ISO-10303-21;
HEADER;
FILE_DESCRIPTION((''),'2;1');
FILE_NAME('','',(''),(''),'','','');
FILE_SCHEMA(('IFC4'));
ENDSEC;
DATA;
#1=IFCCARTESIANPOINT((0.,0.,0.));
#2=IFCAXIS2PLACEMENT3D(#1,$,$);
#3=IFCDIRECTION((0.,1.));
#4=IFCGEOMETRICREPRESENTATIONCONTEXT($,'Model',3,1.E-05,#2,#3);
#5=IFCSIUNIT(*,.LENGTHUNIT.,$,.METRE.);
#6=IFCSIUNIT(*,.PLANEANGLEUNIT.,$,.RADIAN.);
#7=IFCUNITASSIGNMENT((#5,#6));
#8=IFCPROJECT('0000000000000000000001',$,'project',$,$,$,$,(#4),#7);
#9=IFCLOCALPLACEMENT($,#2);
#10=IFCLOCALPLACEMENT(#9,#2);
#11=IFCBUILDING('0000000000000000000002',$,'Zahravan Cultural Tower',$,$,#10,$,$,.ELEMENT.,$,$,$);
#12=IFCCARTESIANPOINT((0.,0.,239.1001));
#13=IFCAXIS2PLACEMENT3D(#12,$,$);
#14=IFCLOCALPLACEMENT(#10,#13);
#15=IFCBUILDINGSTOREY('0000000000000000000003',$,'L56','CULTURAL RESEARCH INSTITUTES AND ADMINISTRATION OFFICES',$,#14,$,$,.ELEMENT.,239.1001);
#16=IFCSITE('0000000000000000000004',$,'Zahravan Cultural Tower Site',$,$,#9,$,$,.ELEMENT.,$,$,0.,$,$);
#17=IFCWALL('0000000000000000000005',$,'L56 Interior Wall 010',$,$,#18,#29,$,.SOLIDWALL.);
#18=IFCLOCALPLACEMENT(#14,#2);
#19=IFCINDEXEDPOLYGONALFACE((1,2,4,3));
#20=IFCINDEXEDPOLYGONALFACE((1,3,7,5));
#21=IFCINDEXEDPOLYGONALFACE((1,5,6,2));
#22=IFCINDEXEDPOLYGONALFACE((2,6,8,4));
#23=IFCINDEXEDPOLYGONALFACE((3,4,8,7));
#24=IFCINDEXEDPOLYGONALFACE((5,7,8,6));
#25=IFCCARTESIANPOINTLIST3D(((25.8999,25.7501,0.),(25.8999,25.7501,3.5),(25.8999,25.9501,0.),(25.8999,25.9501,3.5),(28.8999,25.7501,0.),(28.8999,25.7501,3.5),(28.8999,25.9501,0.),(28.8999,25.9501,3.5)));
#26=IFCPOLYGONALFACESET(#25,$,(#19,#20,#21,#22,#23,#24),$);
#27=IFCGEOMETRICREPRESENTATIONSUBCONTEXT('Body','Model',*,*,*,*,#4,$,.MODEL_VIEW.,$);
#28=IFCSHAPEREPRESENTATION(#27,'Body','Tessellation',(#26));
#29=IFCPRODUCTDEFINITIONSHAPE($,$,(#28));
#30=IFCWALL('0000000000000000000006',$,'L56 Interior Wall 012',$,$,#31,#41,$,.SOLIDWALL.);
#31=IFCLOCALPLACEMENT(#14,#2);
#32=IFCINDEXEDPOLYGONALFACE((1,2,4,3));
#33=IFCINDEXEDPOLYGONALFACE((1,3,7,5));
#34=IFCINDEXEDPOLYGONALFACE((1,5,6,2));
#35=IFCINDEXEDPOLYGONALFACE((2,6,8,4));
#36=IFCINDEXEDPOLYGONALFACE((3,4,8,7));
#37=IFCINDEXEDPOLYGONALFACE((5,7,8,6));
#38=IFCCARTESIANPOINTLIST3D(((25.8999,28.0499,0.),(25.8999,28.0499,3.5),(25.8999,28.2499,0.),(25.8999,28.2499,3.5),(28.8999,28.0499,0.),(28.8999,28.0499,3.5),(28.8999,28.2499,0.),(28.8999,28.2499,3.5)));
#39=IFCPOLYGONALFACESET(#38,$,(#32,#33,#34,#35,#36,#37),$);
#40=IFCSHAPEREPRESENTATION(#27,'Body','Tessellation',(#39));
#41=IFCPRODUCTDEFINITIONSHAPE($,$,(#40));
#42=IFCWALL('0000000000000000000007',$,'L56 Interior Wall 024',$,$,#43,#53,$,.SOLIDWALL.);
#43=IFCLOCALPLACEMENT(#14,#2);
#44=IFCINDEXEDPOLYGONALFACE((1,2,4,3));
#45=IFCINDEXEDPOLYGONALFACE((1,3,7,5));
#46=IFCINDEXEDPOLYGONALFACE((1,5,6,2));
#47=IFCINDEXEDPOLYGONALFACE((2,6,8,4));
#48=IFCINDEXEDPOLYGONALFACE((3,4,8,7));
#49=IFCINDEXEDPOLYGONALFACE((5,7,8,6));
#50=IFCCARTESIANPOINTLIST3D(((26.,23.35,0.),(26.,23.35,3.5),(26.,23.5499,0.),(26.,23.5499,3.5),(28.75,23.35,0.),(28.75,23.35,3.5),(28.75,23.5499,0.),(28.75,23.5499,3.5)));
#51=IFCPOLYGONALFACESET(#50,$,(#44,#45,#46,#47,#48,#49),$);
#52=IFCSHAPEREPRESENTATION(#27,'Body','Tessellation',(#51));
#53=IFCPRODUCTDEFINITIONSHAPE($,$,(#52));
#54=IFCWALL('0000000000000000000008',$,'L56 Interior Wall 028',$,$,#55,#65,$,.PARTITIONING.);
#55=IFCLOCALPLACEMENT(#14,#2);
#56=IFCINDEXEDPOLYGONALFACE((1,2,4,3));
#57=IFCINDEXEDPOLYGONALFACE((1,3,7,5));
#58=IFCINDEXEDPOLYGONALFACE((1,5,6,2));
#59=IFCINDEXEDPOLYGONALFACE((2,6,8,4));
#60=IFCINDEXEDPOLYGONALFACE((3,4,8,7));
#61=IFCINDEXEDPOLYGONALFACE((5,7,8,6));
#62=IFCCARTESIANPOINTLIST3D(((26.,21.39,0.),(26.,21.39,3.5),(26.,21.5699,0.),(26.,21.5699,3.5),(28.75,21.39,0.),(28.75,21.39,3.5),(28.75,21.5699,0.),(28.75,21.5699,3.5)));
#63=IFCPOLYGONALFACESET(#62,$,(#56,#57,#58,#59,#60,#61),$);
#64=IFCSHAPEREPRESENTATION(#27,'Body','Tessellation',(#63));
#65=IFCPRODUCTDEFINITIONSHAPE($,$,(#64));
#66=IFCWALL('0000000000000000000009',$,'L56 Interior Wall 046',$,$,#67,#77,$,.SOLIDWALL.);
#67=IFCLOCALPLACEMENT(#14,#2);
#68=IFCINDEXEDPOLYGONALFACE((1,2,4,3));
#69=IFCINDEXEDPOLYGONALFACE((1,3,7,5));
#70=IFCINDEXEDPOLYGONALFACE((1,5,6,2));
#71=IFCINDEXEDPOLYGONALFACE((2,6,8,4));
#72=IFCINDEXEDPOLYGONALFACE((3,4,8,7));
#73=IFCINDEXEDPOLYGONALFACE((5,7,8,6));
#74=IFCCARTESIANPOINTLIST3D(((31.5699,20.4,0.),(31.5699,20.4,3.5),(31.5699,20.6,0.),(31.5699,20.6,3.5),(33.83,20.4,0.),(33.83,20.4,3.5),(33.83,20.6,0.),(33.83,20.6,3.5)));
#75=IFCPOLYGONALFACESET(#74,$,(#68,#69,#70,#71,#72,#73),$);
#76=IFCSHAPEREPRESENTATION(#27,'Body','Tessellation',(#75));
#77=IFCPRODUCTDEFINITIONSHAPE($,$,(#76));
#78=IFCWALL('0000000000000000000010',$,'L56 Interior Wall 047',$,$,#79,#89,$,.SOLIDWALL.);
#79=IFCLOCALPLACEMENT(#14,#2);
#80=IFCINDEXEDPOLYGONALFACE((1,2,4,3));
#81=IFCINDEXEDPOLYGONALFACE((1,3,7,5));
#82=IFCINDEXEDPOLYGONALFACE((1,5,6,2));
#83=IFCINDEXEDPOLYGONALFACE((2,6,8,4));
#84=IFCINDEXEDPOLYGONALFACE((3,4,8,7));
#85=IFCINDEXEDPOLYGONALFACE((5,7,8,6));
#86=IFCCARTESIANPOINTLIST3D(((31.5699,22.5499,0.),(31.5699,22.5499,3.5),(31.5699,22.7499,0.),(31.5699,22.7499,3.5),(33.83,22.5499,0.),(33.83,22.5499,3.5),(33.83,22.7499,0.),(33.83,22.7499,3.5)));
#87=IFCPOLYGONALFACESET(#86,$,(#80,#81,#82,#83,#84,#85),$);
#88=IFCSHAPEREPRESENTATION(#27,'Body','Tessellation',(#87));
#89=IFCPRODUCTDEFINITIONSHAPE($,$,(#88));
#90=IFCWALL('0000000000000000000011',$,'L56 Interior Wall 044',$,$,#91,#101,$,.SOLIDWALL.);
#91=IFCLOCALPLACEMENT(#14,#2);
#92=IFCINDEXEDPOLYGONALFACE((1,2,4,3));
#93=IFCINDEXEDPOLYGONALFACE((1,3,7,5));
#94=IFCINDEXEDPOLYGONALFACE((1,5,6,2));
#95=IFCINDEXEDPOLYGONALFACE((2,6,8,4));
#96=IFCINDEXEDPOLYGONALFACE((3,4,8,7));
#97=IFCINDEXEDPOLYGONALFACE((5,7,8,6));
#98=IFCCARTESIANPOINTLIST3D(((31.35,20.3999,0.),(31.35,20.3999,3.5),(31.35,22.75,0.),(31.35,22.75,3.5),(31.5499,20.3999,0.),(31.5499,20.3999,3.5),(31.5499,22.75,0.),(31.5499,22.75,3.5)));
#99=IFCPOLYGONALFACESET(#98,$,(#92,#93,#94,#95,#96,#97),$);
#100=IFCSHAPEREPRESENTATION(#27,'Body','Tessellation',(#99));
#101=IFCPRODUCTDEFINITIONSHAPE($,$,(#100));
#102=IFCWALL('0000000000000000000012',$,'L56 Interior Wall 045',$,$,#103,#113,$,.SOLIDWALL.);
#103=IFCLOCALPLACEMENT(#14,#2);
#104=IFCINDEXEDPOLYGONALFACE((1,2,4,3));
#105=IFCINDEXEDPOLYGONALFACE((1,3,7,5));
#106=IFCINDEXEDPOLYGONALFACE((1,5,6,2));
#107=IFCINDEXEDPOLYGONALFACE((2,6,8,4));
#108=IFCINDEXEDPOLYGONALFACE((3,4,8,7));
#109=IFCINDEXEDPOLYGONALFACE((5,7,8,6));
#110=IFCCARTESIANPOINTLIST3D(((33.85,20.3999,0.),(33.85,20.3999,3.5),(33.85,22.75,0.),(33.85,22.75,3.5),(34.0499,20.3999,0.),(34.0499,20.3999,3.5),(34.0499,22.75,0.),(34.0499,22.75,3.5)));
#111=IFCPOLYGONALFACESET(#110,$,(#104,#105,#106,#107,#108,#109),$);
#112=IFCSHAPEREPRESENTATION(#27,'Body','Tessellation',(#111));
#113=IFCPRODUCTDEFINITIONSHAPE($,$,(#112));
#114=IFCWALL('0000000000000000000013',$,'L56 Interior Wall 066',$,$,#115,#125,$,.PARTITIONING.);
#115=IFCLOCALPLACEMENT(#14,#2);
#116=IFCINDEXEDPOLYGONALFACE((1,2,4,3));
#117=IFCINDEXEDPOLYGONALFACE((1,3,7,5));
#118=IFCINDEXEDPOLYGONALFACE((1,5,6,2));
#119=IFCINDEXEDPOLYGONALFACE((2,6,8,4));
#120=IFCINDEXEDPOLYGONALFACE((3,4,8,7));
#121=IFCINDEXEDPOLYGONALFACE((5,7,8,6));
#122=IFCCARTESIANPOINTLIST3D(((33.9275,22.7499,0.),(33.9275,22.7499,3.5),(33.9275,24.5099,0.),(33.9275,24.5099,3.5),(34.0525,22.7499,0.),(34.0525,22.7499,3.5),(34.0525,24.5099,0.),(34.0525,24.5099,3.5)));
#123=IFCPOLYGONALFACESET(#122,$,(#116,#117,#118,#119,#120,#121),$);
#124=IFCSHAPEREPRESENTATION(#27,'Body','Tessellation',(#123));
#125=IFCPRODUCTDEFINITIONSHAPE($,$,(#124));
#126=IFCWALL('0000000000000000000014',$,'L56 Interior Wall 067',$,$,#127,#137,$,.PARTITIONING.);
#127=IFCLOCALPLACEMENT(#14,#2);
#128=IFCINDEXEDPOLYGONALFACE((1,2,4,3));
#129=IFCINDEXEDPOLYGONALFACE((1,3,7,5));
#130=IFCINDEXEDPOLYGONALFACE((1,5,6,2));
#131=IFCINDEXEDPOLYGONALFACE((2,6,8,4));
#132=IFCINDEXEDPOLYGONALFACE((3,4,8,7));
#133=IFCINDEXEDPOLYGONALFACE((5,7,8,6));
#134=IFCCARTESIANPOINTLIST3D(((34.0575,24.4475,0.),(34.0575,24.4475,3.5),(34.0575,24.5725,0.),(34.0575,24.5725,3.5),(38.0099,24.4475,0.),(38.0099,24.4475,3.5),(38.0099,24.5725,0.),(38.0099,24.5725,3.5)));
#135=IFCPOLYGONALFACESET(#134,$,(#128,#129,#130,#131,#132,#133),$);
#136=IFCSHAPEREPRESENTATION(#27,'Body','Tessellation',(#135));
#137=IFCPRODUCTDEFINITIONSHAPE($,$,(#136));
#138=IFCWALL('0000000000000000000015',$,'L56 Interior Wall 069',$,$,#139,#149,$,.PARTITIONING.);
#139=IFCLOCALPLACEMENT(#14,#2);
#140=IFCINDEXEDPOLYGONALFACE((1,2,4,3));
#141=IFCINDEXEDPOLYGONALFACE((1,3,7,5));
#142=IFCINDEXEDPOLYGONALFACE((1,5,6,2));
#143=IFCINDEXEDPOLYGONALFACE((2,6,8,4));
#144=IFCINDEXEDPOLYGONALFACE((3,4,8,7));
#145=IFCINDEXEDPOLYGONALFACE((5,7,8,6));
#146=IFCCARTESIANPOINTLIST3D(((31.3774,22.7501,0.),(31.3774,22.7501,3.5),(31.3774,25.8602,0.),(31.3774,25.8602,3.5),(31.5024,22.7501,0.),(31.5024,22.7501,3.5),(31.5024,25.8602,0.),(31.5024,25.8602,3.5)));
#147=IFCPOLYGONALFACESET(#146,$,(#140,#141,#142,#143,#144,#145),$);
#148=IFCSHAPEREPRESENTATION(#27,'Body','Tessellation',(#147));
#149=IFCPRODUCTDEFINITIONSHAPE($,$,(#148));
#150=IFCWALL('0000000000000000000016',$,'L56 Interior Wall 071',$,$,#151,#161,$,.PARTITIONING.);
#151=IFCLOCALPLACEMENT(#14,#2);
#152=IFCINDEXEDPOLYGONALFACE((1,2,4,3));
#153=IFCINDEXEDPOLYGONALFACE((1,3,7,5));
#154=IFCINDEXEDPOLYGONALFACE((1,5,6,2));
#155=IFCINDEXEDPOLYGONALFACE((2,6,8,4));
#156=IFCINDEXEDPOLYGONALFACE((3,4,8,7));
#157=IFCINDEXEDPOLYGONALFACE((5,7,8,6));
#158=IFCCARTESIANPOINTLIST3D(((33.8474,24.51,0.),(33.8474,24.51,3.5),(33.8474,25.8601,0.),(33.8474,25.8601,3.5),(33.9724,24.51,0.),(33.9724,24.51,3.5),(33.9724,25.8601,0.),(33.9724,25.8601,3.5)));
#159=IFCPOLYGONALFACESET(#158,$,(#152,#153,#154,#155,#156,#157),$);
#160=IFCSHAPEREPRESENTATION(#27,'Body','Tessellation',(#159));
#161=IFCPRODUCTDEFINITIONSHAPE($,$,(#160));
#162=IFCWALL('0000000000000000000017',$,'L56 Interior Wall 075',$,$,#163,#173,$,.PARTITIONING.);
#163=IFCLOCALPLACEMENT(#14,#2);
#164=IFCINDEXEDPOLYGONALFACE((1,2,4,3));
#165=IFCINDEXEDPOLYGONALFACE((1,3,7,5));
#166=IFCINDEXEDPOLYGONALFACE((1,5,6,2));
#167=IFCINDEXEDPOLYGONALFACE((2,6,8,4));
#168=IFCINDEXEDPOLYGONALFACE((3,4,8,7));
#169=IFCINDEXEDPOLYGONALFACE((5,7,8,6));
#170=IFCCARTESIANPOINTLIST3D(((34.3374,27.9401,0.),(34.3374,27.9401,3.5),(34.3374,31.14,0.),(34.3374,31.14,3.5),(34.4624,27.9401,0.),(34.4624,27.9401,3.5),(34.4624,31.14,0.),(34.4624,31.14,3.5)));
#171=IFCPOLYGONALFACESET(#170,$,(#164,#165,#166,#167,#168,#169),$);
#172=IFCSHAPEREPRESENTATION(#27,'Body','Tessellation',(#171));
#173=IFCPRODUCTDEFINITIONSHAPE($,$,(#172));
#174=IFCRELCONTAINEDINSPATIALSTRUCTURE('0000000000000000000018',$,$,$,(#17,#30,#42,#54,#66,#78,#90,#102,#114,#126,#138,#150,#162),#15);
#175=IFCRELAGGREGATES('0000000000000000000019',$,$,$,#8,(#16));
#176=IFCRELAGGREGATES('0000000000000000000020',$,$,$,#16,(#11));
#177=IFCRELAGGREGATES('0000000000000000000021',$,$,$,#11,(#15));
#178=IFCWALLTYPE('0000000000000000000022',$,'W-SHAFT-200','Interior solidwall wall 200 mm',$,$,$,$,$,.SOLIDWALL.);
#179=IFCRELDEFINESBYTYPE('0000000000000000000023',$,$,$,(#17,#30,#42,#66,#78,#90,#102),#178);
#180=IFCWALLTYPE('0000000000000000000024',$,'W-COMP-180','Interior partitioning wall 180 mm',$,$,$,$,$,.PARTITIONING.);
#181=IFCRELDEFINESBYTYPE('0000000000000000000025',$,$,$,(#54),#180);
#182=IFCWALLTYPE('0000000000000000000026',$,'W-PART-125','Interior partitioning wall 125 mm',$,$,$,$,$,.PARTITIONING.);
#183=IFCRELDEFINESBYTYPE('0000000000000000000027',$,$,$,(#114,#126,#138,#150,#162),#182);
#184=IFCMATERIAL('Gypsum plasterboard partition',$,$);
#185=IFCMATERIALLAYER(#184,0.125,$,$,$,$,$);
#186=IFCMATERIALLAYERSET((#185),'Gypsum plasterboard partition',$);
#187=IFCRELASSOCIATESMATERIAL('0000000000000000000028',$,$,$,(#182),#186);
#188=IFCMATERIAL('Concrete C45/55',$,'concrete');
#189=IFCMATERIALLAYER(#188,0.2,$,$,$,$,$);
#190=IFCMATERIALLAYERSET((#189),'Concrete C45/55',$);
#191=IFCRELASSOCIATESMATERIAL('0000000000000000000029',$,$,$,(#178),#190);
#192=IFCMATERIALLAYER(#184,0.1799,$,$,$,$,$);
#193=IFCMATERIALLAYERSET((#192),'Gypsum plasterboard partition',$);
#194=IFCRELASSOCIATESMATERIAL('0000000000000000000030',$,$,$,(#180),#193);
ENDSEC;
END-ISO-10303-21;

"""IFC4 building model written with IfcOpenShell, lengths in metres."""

from ifc_helpers import new_model, si_unit, direction, frame, frame_2d, origin, place, context, subcontext, project, spatial, rectangle, extrude, source, transform, mapped, material, layer, layer_set, type_object, element, save


model = new_model("IFC4")

# Units and contexts
model_context = context("Model", 3, precision=1e-05, world=origin(), true_north=direction((0.0, 1.0)))
body_context = subcontext(model_context, "Body", "Model", "MODEL_VIEW")
ifc_project = project(units=[si_unit("LENGTHUNIT", "METRE"), si_unit("PLANEANGLEUNIT", "RADIAN")], contexts=[model_context])

# Site, building, storey
site_placement = place(None, origin())
site = spatial("IfcSite", under=ifc_project, at=site_placement, Name="Zahravan Cultural Tower Site", CompositionType="ELEMENT", RefElevation=0.0)
building_placement = place(site_placement, origin())
building = spatial("IfcBuilding", under=site, at=building_placement, Name="Zahravan Cultural Tower", CompositionType="ELEMENT")
storey_placement = place(building_placement, frame((0.0, 0.0, 239.1001)))
storey = spatial("IfcBuildingStorey", under=building, at=storey_placement, Name="L56", Description="CULTURAL RESEARCH INSTITUTES AND ADMINISTRATION OFFICES", CompositionType="ELEMENT", Elevation=239.1001)

# Shared definitions
ifc_material_1 = material(Name="Gypsum plasterboard partition")
ifc_layer_1 = layer(ifc_material_1, 0.125)
ifc_layer_set_1 = layer_set([ifc_layer_1], Name="Gypsum plasterboard partition")
wall_type_1 = type_object("IfcWallType", Name="W-PART-125", Description="Interior partitioning wall 125 mm", PredefinedType="PARTITIONING", material=ifc_layer_set_1)
ifc_material_2 = material(Name="Concrete C45/55", Category="concrete")
ifc_layer_2 = layer(ifc_material_2, 0.2)
ifc_layer_set_2 = layer_set([ifc_layer_2], Name="Concrete C45/55")
wall_type_2 = type_object("IfcWallType", Name="W-SHAFT-200", Description="Interior solidwall wall 200 mm", PredefinedType="SOLIDWALL", material=ifc_layer_set_2)

# Walls
shared_shape_1 = source(origin(), body_context, "Body", "SweptSolid", [
    extrude(rectangle(XDim=3.0, YDim=0.2, at=frame_2d((1.5, 0.0))), origin(), (0.0, 0.0, 1.0), 3.5),
])
for number, where, z_axis, x_axis, name in (
    (1, (25.8999, 25.8501, 0.0), (0.0, 0.0, 1.0), (1.0, 0.0, 0.0), "L56 Interior Wall 010"),
    (2, (25.8999, 28.1499, 0.0), (0.0, 0.0, 1.0), (1.0, 0.0, 0.0), "L56 Interior Wall 012"),
):
    element("IfcWall", number, at=place(storey_placement, frame(where, z_axis=z_axis, x_axis=x_axis)), inside=storey, type_object=wall_type_2, Name=name, PredefinedType="SOLIDWALL", context=body_context, shape_type="MappedRepresentation", body=[
        mapped(shared_shape_1, transform((0.0, 0.0, 0.0), x_axis=(1.0, 0.0, 0.0), y_axis=(0.0, 1.0, 0.0), z_axis=(0.0, 0.0, 1.0), scale=1.0)),
    ])
shared_shape_2 = source(origin(), body_context, "Body", "SweptSolid", [
    extrude(rectangle(XDim=2.75, YDim=0.2, at=frame_2d((1.375, 0.0))), origin(), (0.0, 0.0, 1.0), 3.5),
])
wall_1_placement = place(storey_placement, frame((26.0, 23.45, 0.0), z_axis=(0.0, 0.0, 1.0), x_axis=(1.0, 0.0, 0.0)))
element("IfcWall", 3, at=wall_1_placement, inside=storey, type_object=wall_type_2, Name="L56 Interior Wall 024", PredefinedType="SOLIDWALL", context=body_context, shape_type="MappedRepresentation", body=[
    mapped(shared_shape_2, transform((0.0, 0.0, 0.0), x_axis=(1.0, 0.0, 0.0), y_axis=(0.0, 1.0, 0.0), z_axis=(0.0, 0.0, 1.0), scale=1.0)),
])
ifc_layer_3 = layer(ifc_material_1, 0.1799)
ifc_layer_set_3 = layer_set([ifc_layer_3], Name="Gypsum plasterboard partition")
wall_type_3 = type_object("IfcWallType", Name="W-COMP-180", Description="Interior partitioning wall 180 mm", PredefinedType="PARTITIONING", material=ifc_layer_set_3)
shared_shape_3 = source(origin(), body_context, "Body", "SweptSolid", [
    extrude(rectangle(XDim=2.75, YDim=0.1799, at=frame_2d((1.375, 0.0))), origin(), (0.0, 0.0, 1.0), 3.5),
])
wall_2_placement = place(storey_placement, frame((26.0, 21.48, 0.0), z_axis=(0.0, 0.0, 1.0), x_axis=(1.0, 0.0, 0.0)))
element("IfcWall", 4, at=wall_2_placement, inside=storey, type_object=wall_type_3, Name="L56 Interior Wall 028", PredefinedType="PARTITIONING", context=body_context, shape_type="MappedRepresentation", body=[
    mapped(shared_shape_3, transform((0.0, 0.0, 0.0), x_axis=(1.0, 0.0, 0.0), y_axis=(0.0, 1.0, 0.0), z_axis=(0.0, 0.0, 1.0), scale=1.0)),
])
shared_shape_4 = source(origin(), body_context, "Body", "SweptSolid", [
    extrude(rectangle(XDim=2.26, YDim=0.2, at=frame_2d((1.1299, 0.0))), origin(), (0.0, 0.0, 1.0), 3.5),
])
for number, where, z_axis, x_axis, name in (
    (5, (31.5701, 20.5, 0.0), (0.0, 0.0, 1.0), (1.0, 0.0, 0.0), "L56 Interior Wall 046"),
    (6, (31.5701, 22.6499, 0.0), (0.0, 0.0, 1.0), (1.0, 0.0, 0.0), "L56 Interior Wall 047"),
):
    element("IfcWall", number, at=place(storey_placement, frame(where, z_axis=z_axis, x_axis=x_axis)), inside=storey, type_object=wall_type_2, Name=name, PredefinedType="SOLIDWALL", context=body_context, shape_type="MappedRepresentation", body=[
        mapped(shared_shape_4, transform((0.0, 0.0, 0.0), x_axis=(1.0, 0.0, 0.0), y_axis=(0.0, 1.0, 0.0), z_axis=(0.0, 0.0, 1.0), scale=1.0)),
    ])
shared_shape_5 = source(origin(), body_context, "Body", "SweptSolid", [
    extrude(rectangle(XDim=2.3501, YDim=0.2, at=frame_2d((1.175, 0.0))), origin(), (0.0, 0.0, 1.0), 3.5),
])
for number, where, z_axis, x_axis, name in (
    (7, (31.45, 20.3999, 0.0), (0.0, 0.0, 1.0), (0.0, 1.0, 0.0), "L56 Interior Wall 044"),
    (8, (33.95, 20.3999, 0.0), (0.0, 0.0, 1.0), (0.0, 1.0, 0.0), "L56 Interior Wall 045"),
):
    element("IfcWall", number, at=place(storey_placement, frame(where, z_axis=z_axis, x_axis=x_axis)), inside=storey, type_object=wall_type_2, Name=name, PredefinedType="SOLIDWALL", context=body_context, shape_type="MappedRepresentation", body=[
        mapped(shared_shape_5, transform((0.0, 0.0, 0.0), x_axis=(1.0, 0.0, 0.0), y_axis=(0.0, 1.0, 0.0), z_axis=(0.0, 0.0, 1.0), scale=1.0)),
    ])
shared_shape_6 = source(origin(), body_context, "Body", "SweptSolid", [
    extrude(rectangle(XDim=1.76, YDim=0.125, at=frame_2d((0.8799, 0.0))), origin(), (0.0, 0.0, 1.0), 3.5),
])
wall_3_placement = place(storey_placement, frame((33.99, 22.75, 0.0), z_axis=(0.0, 0.0, 1.0), x_axis=(0.0, 1.0, 0.0)))
element("IfcWall", 9, at=wall_3_placement, inside=storey, type_object=wall_type_1, Name="L56 Interior Wall 066", PredefinedType="PARTITIONING", context=body_context, shape_type="MappedRepresentation", body=[
    mapped(shared_shape_6, transform((0.0, 0.0, 0.0), x_axis=(1.0, 0.0, 0.0), y_axis=(0.0, 1.0, 0.0), z_axis=(0.0, 0.0, 1.0), scale=1.0)),
])
shared_shape_7 = source(origin(), body_context, "Body", "SweptSolid", [
    extrude(rectangle(XDim=3.9524, YDim=0.125, at=frame_2d((1.9761, 0.0))), origin(), (0.0, 0.0, 1.0), 3.5),
])
wall_4_placement = place(storey_placement, frame((34.0576, 24.51, 0.0), z_axis=(0.0, 0.0, 1.0), x_axis=(1.0, 0.0, 0.0)))
element("IfcWall", 10, at=wall_4_placement, inside=storey, type_object=wall_type_1, Name="L56 Interior Wall 067", PredefinedType="PARTITIONING", context=body_context, shape_type="MappedRepresentation", body=[
    mapped(shared_shape_7, transform((0.0, 0.0, 0.0), x_axis=(1.0, 0.0, 0.0), y_axis=(0.0, 1.0, 0.0), z_axis=(0.0, 0.0, 1.0), scale=1.0)),
])
shared_shape_8 = source(origin(), body_context, "Body", "SweptSolid", [
    extrude(rectangle(XDim=3.1101, YDim=0.125, at=frame_2d((1.5552, 0.0))), origin(), (0.0, 0.0, 1.0), 3.5),
])
wall_5_placement = place(storey_placement, frame((31.4399, 22.75, 0.0), z_axis=(0.0, 0.0, 1.0), x_axis=(0.0, 1.0, 0.0)))
element("IfcWall", 11, at=wall_5_placement, inside=storey, type_object=wall_type_1, Name="L56 Interior Wall 069", PredefinedType="PARTITIONING", context=body_context, shape_type="MappedRepresentation", body=[
    mapped(shared_shape_8, transform((0.0, 0.0, 0.0), x_axis=(1.0, 0.0, 0.0), y_axis=(0.0, 1.0, 0.0), z_axis=(0.0, 0.0, 1.0), scale=1.0)),
])
shared_shape_9 = source(origin(), body_context, "Body", "SweptSolid", [
    extrude(rectangle(XDim=1.3501, YDim=0.125, at=frame_2d((0.675, 0.0))), origin(), (0.0, 0.0, 1.0), 3.5),
])
wall_6_placement = place(storey_placement, frame((33.9099, 25.8601, 0.0), z_axis=(0.0, 0.0, 1.0), x_axis=(0.0, -1.0, 0.0)))
element("IfcWall", 12, at=wall_6_placement, inside=storey, type_object=wall_type_1, Name="L56 Interior Wall 071", PredefinedType="PARTITIONING", context=body_context, shape_type="MappedRepresentation", body=[
    mapped(shared_shape_9, transform((0.0, 0.0, 0.0), x_axis=(1.0, 0.0, 0.0), y_axis=(0.0, 1.0, 0.0), z_axis=(0.0, 0.0, 1.0), scale=1.0)),
])
shared_shape_10 = source(origin(), body_context, "Body", "SweptSolid", [
    extrude(rectangle(XDim=3.2, YDim=0.125, at=frame_2d((1.6001, 0.0))), origin(), (0.0, 0.0, 1.0), 3.5),
])
wall_7_placement = place(storey_placement, frame((34.3999, 27.9399, 0.0), z_axis=(0.0, 0.0, 1.0), x_axis=(0.0, 1.0, 0.0)))
element("IfcWall", 13, at=wall_7_placement, inside=storey, type_object=wall_type_1, Name="L56 Interior Wall 075", PredefinedType="PARTITIONING", context=body_context, shape_type="MappedRepresentation", body=[
    mapped(shared_shape_10, transform((0.0, 0.0, 0.0), x_axis=(1.0, 0.0, 0.0), y_axis=(0.0, 1.0, 0.0), z_axis=(0.0, 0.0, 1.0), scale=1.0)),
])

save(model, "model.ifc")
